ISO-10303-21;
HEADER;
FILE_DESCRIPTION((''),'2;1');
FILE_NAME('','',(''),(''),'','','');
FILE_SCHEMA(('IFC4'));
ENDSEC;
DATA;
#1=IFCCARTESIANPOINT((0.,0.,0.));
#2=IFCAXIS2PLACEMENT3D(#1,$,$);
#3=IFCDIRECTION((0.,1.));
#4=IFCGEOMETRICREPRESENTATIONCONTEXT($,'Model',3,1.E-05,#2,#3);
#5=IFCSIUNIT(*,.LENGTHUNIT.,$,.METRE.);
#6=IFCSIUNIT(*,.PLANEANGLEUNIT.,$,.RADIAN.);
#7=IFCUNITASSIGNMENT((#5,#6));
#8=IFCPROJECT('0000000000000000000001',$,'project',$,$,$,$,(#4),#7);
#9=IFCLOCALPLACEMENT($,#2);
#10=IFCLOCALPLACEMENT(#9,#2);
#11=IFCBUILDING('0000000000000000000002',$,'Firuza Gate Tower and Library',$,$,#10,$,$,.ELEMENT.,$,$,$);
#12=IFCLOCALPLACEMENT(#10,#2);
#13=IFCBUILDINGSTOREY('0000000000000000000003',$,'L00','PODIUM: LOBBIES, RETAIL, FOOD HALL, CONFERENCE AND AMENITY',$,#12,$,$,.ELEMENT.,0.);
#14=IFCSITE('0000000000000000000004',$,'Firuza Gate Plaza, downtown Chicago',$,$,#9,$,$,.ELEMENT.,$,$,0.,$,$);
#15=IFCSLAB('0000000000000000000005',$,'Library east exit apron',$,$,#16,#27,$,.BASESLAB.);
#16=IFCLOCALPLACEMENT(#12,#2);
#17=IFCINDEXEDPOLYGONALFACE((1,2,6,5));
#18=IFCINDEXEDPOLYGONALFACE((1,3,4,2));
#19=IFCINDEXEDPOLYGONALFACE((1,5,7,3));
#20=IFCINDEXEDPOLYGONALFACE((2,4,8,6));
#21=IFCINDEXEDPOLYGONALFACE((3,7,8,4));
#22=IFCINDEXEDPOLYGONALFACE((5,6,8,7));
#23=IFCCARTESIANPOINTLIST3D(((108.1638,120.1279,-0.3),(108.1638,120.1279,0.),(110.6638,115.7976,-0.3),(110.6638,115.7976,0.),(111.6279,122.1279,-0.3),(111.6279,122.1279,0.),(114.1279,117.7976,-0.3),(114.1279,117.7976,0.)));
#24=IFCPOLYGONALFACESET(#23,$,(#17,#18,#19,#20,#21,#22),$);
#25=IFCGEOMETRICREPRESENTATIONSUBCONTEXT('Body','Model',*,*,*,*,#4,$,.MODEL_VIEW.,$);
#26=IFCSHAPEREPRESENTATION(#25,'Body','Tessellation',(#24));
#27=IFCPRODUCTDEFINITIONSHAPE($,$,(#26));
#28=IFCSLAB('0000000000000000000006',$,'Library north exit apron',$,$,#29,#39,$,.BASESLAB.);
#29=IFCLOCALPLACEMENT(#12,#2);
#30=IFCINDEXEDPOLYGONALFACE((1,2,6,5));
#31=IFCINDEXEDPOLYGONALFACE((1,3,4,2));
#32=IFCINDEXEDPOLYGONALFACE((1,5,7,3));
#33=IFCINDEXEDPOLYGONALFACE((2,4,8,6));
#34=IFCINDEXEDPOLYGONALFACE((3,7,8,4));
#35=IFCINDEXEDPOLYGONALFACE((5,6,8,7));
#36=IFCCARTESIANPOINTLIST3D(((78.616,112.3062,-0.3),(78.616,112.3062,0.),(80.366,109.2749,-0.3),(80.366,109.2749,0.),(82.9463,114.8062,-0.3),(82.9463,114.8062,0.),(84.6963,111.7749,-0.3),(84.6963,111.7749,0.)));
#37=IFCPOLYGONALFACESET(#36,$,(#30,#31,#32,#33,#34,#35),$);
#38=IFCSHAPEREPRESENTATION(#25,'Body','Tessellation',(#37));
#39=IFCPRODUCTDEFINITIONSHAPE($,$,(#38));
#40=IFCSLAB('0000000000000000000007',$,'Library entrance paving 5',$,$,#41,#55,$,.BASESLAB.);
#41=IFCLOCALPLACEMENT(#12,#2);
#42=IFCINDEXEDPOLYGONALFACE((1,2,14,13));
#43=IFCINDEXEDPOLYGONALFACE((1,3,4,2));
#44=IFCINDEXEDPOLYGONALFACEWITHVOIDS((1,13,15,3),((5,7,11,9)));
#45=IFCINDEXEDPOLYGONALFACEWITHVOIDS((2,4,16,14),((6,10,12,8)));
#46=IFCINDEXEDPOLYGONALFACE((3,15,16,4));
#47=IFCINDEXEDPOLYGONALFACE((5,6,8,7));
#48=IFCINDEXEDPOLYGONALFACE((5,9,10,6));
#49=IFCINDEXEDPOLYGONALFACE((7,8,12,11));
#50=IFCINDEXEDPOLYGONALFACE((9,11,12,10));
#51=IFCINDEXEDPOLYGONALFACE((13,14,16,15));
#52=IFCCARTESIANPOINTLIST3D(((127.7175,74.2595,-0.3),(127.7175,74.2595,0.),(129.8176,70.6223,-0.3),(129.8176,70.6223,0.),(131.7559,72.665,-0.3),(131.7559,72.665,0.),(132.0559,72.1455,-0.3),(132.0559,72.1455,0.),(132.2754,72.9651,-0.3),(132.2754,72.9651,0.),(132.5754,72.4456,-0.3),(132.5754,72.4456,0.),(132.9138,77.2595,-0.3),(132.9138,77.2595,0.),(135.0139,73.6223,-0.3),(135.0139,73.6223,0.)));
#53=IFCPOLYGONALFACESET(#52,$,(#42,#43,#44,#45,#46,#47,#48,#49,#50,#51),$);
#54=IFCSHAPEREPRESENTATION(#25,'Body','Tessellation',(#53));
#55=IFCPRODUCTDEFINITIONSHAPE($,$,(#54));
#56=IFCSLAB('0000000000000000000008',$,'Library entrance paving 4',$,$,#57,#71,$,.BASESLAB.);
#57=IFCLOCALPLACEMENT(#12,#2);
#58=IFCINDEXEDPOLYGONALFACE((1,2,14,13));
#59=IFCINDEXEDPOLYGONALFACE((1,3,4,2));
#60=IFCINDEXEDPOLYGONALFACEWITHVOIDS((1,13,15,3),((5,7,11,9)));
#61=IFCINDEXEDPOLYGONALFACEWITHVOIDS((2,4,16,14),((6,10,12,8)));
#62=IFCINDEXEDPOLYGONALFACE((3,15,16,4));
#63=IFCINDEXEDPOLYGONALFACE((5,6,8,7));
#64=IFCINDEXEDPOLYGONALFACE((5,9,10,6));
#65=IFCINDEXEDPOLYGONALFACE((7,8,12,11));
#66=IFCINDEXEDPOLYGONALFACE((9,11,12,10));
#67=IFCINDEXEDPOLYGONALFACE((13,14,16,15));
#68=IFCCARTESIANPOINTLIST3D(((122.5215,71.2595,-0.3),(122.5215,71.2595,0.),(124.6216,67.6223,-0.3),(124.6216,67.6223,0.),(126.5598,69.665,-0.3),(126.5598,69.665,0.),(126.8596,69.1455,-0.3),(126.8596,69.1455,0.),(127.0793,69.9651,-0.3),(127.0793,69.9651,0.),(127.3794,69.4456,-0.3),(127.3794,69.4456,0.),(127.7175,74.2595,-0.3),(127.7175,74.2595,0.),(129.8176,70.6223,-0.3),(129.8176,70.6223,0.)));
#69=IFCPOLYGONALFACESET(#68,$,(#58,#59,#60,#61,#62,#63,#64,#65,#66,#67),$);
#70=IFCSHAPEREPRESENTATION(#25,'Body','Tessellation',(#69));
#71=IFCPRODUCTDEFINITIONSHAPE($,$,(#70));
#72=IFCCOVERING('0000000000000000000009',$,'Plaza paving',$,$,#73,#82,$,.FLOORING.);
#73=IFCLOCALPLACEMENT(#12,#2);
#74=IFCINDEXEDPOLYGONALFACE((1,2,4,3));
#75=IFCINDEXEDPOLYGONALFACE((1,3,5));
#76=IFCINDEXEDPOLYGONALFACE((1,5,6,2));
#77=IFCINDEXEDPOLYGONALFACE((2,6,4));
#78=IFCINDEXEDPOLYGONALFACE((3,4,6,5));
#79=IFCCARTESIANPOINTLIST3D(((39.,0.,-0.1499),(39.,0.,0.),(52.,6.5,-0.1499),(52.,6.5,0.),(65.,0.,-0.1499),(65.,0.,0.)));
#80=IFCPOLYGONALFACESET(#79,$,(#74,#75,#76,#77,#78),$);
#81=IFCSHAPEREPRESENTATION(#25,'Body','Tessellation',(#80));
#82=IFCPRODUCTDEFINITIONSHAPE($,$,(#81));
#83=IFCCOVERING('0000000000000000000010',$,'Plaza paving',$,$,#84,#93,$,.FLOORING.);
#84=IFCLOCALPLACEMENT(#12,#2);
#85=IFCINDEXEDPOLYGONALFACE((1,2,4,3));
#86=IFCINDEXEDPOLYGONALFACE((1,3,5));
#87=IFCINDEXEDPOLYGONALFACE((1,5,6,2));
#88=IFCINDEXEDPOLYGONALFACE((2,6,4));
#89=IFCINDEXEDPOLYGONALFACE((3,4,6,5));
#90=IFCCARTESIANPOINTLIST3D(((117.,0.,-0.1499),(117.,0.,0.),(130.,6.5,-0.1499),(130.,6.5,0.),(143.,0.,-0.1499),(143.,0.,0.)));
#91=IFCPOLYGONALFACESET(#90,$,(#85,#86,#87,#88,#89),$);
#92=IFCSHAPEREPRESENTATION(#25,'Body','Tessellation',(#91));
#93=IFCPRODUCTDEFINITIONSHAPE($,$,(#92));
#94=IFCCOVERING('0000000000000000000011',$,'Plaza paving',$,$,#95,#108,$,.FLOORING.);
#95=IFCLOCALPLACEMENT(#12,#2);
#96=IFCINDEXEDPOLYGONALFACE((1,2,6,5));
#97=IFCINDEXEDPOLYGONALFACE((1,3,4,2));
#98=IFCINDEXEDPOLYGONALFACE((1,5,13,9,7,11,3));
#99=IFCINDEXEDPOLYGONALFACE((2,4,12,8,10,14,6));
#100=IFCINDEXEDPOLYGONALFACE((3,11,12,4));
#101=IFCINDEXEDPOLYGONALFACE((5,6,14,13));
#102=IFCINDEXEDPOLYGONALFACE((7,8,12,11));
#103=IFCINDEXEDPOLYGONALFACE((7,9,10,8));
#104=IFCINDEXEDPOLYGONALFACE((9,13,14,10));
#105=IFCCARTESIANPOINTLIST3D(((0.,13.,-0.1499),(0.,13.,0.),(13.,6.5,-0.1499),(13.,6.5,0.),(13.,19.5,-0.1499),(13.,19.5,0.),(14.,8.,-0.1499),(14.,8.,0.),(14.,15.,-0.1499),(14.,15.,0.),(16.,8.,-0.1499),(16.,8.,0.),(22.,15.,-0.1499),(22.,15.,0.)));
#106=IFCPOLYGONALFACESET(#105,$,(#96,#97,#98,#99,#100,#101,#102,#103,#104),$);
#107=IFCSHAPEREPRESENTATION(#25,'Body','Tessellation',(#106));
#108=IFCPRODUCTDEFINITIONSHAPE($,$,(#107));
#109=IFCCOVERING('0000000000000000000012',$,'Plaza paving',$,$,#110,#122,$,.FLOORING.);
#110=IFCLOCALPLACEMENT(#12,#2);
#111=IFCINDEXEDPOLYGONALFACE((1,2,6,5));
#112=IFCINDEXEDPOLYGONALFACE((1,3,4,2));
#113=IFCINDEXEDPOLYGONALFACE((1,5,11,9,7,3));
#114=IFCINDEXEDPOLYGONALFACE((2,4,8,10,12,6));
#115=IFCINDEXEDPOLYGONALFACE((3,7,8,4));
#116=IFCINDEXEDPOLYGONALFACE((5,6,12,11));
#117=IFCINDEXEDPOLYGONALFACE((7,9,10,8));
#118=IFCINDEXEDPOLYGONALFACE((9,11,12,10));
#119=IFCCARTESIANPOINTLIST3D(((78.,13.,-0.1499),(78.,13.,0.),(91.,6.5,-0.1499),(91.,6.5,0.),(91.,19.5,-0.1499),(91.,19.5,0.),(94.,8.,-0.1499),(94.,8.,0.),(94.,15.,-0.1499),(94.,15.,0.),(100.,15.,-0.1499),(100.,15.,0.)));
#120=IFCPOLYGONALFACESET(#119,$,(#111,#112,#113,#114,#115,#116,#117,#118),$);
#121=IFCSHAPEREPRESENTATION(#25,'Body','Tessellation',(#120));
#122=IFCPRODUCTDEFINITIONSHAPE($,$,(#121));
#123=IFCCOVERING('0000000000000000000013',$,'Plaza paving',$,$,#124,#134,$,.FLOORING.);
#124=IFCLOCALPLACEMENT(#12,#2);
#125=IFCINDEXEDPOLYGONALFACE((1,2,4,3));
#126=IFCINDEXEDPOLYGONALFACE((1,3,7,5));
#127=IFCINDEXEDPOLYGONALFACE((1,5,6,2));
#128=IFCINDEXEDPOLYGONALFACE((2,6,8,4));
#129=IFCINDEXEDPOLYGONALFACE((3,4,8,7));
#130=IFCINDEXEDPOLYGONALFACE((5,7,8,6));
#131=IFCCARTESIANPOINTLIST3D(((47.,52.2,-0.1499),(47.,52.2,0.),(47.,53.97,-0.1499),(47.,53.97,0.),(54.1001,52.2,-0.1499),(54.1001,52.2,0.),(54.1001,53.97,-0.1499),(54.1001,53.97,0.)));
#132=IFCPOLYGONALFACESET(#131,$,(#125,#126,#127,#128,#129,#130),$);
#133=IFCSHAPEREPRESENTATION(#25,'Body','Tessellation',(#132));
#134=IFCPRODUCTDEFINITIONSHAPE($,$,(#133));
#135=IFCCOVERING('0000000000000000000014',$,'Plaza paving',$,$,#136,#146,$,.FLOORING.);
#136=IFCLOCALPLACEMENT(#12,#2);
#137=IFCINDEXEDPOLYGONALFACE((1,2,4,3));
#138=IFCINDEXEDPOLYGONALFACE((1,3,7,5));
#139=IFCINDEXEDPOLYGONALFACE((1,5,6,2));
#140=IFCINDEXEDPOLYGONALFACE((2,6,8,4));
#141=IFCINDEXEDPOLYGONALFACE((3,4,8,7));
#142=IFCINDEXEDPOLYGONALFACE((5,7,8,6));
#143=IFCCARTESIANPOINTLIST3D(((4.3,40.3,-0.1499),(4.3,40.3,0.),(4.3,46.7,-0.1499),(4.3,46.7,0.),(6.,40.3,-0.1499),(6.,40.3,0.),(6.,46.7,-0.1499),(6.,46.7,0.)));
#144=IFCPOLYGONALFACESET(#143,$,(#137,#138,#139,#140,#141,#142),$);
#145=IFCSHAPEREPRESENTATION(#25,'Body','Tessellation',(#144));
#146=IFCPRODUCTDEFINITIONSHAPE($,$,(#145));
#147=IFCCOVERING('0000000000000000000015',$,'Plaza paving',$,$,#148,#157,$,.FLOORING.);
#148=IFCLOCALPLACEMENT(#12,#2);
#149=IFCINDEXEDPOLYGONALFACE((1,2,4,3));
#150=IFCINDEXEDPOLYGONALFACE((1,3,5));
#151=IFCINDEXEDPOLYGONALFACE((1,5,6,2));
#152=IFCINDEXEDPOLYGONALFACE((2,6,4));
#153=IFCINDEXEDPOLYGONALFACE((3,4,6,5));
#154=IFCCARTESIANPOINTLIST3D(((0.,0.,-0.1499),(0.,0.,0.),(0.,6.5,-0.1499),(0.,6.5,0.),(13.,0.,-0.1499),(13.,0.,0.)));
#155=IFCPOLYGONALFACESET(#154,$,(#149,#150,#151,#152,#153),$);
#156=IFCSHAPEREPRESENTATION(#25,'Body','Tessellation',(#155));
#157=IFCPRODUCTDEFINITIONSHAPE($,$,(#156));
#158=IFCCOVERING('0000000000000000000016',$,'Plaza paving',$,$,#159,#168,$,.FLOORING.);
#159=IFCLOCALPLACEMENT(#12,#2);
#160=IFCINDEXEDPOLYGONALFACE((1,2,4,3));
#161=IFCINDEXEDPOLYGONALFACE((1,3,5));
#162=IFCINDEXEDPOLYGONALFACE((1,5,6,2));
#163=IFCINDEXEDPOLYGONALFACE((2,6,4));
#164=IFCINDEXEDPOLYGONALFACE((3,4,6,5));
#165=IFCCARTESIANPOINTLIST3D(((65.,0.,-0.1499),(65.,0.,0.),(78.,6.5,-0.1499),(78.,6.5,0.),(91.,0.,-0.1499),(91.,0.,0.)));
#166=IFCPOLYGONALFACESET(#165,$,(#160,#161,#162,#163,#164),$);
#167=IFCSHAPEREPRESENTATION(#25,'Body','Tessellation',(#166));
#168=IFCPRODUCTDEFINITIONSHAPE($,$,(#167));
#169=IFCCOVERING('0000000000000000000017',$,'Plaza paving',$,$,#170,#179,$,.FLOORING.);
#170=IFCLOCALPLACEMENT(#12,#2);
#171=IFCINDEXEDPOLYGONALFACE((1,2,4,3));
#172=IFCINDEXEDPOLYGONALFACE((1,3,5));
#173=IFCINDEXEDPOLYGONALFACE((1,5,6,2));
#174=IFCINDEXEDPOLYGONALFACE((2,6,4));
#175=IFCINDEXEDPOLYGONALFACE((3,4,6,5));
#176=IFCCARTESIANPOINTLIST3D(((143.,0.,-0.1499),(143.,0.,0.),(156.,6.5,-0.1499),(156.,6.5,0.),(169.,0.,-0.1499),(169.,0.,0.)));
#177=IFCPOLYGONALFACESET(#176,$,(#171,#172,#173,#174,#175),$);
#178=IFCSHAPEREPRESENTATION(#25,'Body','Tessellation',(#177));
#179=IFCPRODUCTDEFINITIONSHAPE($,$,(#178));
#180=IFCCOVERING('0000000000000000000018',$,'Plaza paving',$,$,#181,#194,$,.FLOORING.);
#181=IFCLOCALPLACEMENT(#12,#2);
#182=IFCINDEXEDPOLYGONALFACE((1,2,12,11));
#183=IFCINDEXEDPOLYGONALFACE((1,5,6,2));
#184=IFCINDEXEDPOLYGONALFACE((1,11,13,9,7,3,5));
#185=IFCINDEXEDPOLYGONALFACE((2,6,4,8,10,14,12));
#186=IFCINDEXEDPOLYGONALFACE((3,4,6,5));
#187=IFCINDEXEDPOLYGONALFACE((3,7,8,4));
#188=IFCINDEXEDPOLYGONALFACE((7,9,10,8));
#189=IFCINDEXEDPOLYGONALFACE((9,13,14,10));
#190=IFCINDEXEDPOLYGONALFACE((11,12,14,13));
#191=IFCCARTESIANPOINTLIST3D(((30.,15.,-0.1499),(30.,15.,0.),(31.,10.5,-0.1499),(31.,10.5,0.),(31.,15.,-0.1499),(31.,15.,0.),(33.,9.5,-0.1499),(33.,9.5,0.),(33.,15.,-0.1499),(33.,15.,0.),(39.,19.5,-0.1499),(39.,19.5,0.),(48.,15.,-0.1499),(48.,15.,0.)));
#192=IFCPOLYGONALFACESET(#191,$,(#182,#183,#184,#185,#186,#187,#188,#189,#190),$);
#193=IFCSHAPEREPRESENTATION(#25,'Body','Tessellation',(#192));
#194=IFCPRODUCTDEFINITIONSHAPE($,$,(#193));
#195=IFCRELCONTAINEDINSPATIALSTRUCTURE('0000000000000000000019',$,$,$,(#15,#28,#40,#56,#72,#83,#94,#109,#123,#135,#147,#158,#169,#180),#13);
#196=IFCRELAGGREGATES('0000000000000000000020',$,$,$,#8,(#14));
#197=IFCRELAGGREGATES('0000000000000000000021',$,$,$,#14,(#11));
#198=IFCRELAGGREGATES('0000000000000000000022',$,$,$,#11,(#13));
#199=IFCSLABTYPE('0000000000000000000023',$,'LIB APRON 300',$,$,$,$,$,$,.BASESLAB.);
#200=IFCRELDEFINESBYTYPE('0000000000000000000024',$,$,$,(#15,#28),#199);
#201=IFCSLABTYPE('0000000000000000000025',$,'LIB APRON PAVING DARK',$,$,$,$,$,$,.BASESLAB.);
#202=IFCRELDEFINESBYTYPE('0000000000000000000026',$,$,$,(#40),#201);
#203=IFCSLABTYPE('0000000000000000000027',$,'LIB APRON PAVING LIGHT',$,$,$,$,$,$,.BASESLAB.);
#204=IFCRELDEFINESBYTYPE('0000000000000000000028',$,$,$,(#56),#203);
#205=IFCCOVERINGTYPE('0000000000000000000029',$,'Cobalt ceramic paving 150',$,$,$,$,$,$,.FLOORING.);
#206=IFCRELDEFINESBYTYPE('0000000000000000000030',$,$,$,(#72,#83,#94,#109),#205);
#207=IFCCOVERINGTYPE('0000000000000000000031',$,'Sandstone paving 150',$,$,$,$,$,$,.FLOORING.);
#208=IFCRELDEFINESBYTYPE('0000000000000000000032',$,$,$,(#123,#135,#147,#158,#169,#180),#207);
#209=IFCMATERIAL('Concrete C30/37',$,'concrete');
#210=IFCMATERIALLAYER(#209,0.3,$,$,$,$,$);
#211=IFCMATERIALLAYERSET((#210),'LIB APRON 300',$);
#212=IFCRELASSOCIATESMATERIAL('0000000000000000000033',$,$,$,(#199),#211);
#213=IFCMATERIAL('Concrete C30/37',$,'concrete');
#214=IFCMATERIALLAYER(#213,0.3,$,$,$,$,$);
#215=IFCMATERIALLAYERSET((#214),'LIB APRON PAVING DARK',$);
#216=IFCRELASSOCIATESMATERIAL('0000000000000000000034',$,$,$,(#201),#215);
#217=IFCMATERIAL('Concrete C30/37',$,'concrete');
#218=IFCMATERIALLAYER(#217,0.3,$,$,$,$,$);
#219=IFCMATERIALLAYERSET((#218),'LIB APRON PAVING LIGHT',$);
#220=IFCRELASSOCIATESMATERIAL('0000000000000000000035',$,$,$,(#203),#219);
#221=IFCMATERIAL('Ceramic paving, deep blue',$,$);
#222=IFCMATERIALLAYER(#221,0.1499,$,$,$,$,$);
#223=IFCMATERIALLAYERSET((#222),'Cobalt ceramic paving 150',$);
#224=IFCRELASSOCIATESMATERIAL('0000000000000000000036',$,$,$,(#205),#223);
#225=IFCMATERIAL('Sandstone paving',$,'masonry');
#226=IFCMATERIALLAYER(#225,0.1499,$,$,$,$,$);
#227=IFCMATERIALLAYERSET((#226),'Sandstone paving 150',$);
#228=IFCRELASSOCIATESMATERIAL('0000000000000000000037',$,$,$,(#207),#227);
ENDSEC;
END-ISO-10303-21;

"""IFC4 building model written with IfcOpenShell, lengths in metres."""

from ifc_helpers import new_model, si_unit, direction, frame, origin, place, context, subcontext, project, spatial, polyline, outline, extrude, material, layer, layer_set, type_object, element, save


model = new_model("IFC4")

# Units and contexts
model_context = context("Model", 3, precision=1e-05, world=origin(), true_north=direction((0.0, 1.0)))
body_context = subcontext(model_context, "Body", "Model", "MODEL_VIEW")
ifc_project = project(units=[si_unit("LENGTHUNIT", "METRE"), si_unit("PLANEANGLEUNIT", "RADIAN")], contexts=[model_context])

# Site, building, storey
site_placement = place(None, origin())
site = spatial("IfcSite", under=ifc_project, at=site_placement, Name="Firuza Gate Plaza, downtown Chicago", CompositionType="ELEMENT", RefElevation=0.0)
building_placement = place(site_placement, origin())
building = spatial("IfcBuilding", under=site, at=building_placement, Name="Firuza Gate Tower and Library", CompositionType="ELEMENT")
storey_placement = place(building_placement, origin())
storey = spatial("IfcBuildingStorey", under=building, at=storey_placement, Name="L00", Description="PODIUM: LOBBIES, RETAIL, FOOD HALL, CONFERENCE AND AMENITY", CompositionType="ELEMENT", Elevation=0.0)

# Slabs
ifc_material_1 = material(Name="Concrete C30/37", Category="concrete")
ifc_layer_1 = layer(ifc_material_1, 0.3)
ifc_layer_set_1 = layer_set([ifc_layer_1], Name="LIB APRON 300")
slab_type_1 = type_object("IfcSlabType", Name="LIB APRON 300", PredefinedType="BASESLAB", material=ifc_layer_set_1)
placement_1 = place(storey_placement, frame((0.0, 0.0, -0.3)))
element("IfcSlab", 1, at=placement_1, inside=storey, type_object=slab_type_1, Name="Library east exit apron", PredefinedType="BASESLAB", context=body_context, shape_type="SweptSolid", body=[
    extrude(outline(polyline([(114.1279, 117.7976), (111.6279, 122.1279), (108.1638, 120.1279), (110.6638, 115.7976), (114.1279, 117.7976)])), origin(), (0.0, 0.0, 1.0), 0.3),
])
element("IfcSlab", 2, at=placement_1, inside=storey, type_object=slab_type_1, Name="Library north exit apron", PredefinedType="BASESLAB", context=body_context, shape_type="SweptSolid", body=[
    extrude(outline(polyline([(84.6963, 111.7749), (82.9463, 114.8062), (78.616, 112.3062), (80.366, 109.2749), (84.6963, 111.7749)])), origin(), (0.0, 0.0, 1.0), 0.3),
])
ifc_material_2 = material(Name="Concrete C30/37", Category="concrete")
ifc_layer_2 = layer(ifc_material_2, 0.3)
ifc_layer_set_2 = layer_set([ifc_layer_2], Name="LIB APRON PAVING DARK")
slab_type_2 = type_object("IfcSlabType", Name="LIB APRON PAVING DARK", PredefinedType="BASESLAB", material=ifc_layer_set_2)
element("IfcSlab", 3, at=placement_1, inside=storey, type_object=slab_type_2, Name="Library entrance paving 5", PredefinedType="BASESLAB", context=body_context, shape_type="SweptSolid", body=[
    extrude(outline(polyline([(135.0139, 73.6223), (132.9138, 77.2595), (127.7175, 74.2595), (129.8176, 70.6223), (135.0139, 73.6223)]), holes=[polyline([(132.5754, 72.4456), (132.2754, 72.9651), (131.7559, 72.665), (132.0559, 72.1455), (132.5754, 72.4456)])]), origin(), (0.0, 0.0, 1.0), 0.3),
])
ifc_material_3 = material(Name="Concrete C30/37", Category="concrete")
ifc_layer_3 = layer(ifc_material_3, 0.3)
ifc_layer_set_3 = layer_set([ifc_layer_3], Name="LIB APRON PAVING LIGHT")
slab_type_3 = type_object("IfcSlabType", Name="LIB APRON PAVING LIGHT", PredefinedType="BASESLAB", material=ifc_layer_set_3)
element("IfcSlab", 4, at=placement_1, inside=storey, type_object=slab_type_3, Name="Library entrance paving 4", PredefinedType="BASESLAB", context=body_context, shape_type="SweptSolid", body=[
    extrude(outline(polyline([(129.8176, 70.6223), (127.7175, 74.2595), (122.5215, 71.2595), (124.6216, 67.6223), (129.8176, 70.6223)]), holes=[polyline([(127.3794, 69.4456), (127.0793, 69.9651), (126.5598, 69.665), (126.8596, 69.1455), (127.3794, 69.4456)])]), origin(), (0.0, 0.0, 1.0), 0.3),
])

# Coverings
ifc_material_4 = material(Name="Ceramic paving, deep blue")
ifc_layer_4 = layer(ifc_material_4, 0.1499)
ifc_layer_set_4 = layer_set([ifc_layer_4], Name="Cobalt ceramic paving 150")
covering_type_1 = type_object("IfcCoveringType", Name="Cobalt ceramic paving 150", PredefinedType="FLOORING", material=ifc_layer_set_4)
placement_2 = place(storey_placement, frame((0.0, 0.0, -0.1499)))
element("IfcCovering", 5, at=placement_2, inside=storey, type_object=covering_type_1, Name="Plaza paving", PredefinedType="FLOORING", context=body_context, shape_type="SweptSolid", body=[
    extrude(outline(polyline([(52.0, 6.5), (65.0, 0.0), (39.0, 0.0), (52.0, 6.5)])), origin(), (0.0, 0.0, 1.0), 0.1499),
])
element("IfcCovering", 6, at=placement_2, inside=storey, type_object=covering_type_1, Name="Plaza paving", PredefinedType="FLOORING", context=body_context, shape_type="SweptSolid", body=[
    extrude(outline(polyline([(130.0, 6.5), (143.0, 0.0), (117.0, 0.0), (130.0, 6.5)])), origin(), (0.0, 0.0, 1.0), 0.1499),
])
element("IfcCovering", 7, at=placement_2, inside=storey, type_object=covering_type_1, Name="Plaza paving", PredefinedType="FLOORING", context=body_context, shape_type="SweptSolid", body=[
    extrude(outline(polyline([(13.0, 6.5), (0.0, 13.0), (13.0, 19.5), (22.0, 15.0), (14.0, 15.0), (14.0, 8.0), (16.0, 8.0), (13.0, 6.5)])), origin(), (0.0, 0.0, 1.0), 0.1499),
])
element("IfcCovering", 8, at=placement_2, inside=storey, type_object=covering_type_1, Name="Plaza paving", PredefinedType="FLOORING", context=body_context, shape_type="SweptSolid", body=[
    extrude(outline(polyline([(91.0, 6.5), (78.0, 13.0), (91.0, 19.5), (100.0, 15.0), (94.0, 15.0), (94.0, 8.0), (91.0, 6.5)])), origin(), (0.0, 0.0, 1.0), 0.1499),
])
ifc_material_5 = material(Name="Sandstone paving", Category="masonry")
ifc_layer_5 = layer(ifc_material_5, 0.1499)
ifc_layer_set_5 = layer_set([ifc_layer_5], Name="Sandstone paving 150")
covering_type_2 = type_object("IfcCoveringType", Name="Sandstone paving 150", PredefinedType="FLOORING", material=ifc_layer_set_5)
element("IfcCovering", 9, at=placement_2, inside=storey, type_object=covering_type_2, Name="Plaza paving", PredefinedType="FLOORING", context=body_context, shape_type="SweptSolid", body=[
    extrude(outline(polyline([(47.0, 52.2), (54.1001, 52.2), (54.1001, 53.97), (47.0, 53.97), (47.0, 52.2)])), origin(), (0.0, 0.0, 1.0), 0.1499),
])
element("IfcCovering", 10, at=placement_2, inside=storey, type_object=covering_type_2, Name="Plaza paving", PredefinedType="FLOORING", context=body_context, shape_type="SweptSolid", body=[
    extrude(outline(polyline([(4.3, 40.3), (6.0, 40.3), (6.0, 46.7), (4.3, 46.7), (4.3, 40.3)])), origin(), (0.0, 0.0, 1.0), 0.1499),
])
element("IfcCovering", 11, at=placement_2, inside=storey, type_object=covering_type_2, Name="Plaza paving", PredefinedType="FLOORING", context=body_context, shape_type="SweptSolid", body=[
    extrude(outline(polyline([(13.0, 0.0), (0.0, 0.0), (0.0, 6.5), (13.0, 0.0)])), origin(), (0.0, 0.0, 1.0), 0.1499),
])
element("IfcCovering", 12, at=placement_2, inside=storey, type_object=covering_type_2, Name="Plaza paving", PredefinedType="FLOORING", context=body_context, shape_type="SweptSolid", body=[
    extrude(outline(polyline([(78.0, 6.5), (91.0, 0.0), (65.0, 0.0), (78.0, 6.5)])), origin(), (0.0, 0.0, 1.0), 0.1499),
])
element("IfcCovering", 13, at=placement_2, inside=storey, type_object=covering_type_2, Name="Plaza paving", PredefinedType="FLOORING", context=body_context, shape_type="SweptSolid", body=[
    extrude(outline(polyline([(156.0, 6.5), (169.0, 0.0), (143.0, 0.0), (156.0, 6.5)])), origin(), (0.0, 0.0, 1.0), 0.1499),
])
element("IfcCovering", 14, at=placement_2, inside=storey, type_object=covering_type_2, Name="Plaza paving", PredefinedType="FLOORING", context=body_context, shape_type="SweptSolid", body=[
    extrude(outline(polyline([(31.0, 10.5), (31.0, 15.0), (30.0, 15.0), (39.0, 19.5), (48.0, 15.0), (33.0, 15.0), (33.0, 9.5), (31.0, 10.5)])), origin(), (0.0, 0.0, 1.0), 0.1499),
])

save(model, "model.ifc")
